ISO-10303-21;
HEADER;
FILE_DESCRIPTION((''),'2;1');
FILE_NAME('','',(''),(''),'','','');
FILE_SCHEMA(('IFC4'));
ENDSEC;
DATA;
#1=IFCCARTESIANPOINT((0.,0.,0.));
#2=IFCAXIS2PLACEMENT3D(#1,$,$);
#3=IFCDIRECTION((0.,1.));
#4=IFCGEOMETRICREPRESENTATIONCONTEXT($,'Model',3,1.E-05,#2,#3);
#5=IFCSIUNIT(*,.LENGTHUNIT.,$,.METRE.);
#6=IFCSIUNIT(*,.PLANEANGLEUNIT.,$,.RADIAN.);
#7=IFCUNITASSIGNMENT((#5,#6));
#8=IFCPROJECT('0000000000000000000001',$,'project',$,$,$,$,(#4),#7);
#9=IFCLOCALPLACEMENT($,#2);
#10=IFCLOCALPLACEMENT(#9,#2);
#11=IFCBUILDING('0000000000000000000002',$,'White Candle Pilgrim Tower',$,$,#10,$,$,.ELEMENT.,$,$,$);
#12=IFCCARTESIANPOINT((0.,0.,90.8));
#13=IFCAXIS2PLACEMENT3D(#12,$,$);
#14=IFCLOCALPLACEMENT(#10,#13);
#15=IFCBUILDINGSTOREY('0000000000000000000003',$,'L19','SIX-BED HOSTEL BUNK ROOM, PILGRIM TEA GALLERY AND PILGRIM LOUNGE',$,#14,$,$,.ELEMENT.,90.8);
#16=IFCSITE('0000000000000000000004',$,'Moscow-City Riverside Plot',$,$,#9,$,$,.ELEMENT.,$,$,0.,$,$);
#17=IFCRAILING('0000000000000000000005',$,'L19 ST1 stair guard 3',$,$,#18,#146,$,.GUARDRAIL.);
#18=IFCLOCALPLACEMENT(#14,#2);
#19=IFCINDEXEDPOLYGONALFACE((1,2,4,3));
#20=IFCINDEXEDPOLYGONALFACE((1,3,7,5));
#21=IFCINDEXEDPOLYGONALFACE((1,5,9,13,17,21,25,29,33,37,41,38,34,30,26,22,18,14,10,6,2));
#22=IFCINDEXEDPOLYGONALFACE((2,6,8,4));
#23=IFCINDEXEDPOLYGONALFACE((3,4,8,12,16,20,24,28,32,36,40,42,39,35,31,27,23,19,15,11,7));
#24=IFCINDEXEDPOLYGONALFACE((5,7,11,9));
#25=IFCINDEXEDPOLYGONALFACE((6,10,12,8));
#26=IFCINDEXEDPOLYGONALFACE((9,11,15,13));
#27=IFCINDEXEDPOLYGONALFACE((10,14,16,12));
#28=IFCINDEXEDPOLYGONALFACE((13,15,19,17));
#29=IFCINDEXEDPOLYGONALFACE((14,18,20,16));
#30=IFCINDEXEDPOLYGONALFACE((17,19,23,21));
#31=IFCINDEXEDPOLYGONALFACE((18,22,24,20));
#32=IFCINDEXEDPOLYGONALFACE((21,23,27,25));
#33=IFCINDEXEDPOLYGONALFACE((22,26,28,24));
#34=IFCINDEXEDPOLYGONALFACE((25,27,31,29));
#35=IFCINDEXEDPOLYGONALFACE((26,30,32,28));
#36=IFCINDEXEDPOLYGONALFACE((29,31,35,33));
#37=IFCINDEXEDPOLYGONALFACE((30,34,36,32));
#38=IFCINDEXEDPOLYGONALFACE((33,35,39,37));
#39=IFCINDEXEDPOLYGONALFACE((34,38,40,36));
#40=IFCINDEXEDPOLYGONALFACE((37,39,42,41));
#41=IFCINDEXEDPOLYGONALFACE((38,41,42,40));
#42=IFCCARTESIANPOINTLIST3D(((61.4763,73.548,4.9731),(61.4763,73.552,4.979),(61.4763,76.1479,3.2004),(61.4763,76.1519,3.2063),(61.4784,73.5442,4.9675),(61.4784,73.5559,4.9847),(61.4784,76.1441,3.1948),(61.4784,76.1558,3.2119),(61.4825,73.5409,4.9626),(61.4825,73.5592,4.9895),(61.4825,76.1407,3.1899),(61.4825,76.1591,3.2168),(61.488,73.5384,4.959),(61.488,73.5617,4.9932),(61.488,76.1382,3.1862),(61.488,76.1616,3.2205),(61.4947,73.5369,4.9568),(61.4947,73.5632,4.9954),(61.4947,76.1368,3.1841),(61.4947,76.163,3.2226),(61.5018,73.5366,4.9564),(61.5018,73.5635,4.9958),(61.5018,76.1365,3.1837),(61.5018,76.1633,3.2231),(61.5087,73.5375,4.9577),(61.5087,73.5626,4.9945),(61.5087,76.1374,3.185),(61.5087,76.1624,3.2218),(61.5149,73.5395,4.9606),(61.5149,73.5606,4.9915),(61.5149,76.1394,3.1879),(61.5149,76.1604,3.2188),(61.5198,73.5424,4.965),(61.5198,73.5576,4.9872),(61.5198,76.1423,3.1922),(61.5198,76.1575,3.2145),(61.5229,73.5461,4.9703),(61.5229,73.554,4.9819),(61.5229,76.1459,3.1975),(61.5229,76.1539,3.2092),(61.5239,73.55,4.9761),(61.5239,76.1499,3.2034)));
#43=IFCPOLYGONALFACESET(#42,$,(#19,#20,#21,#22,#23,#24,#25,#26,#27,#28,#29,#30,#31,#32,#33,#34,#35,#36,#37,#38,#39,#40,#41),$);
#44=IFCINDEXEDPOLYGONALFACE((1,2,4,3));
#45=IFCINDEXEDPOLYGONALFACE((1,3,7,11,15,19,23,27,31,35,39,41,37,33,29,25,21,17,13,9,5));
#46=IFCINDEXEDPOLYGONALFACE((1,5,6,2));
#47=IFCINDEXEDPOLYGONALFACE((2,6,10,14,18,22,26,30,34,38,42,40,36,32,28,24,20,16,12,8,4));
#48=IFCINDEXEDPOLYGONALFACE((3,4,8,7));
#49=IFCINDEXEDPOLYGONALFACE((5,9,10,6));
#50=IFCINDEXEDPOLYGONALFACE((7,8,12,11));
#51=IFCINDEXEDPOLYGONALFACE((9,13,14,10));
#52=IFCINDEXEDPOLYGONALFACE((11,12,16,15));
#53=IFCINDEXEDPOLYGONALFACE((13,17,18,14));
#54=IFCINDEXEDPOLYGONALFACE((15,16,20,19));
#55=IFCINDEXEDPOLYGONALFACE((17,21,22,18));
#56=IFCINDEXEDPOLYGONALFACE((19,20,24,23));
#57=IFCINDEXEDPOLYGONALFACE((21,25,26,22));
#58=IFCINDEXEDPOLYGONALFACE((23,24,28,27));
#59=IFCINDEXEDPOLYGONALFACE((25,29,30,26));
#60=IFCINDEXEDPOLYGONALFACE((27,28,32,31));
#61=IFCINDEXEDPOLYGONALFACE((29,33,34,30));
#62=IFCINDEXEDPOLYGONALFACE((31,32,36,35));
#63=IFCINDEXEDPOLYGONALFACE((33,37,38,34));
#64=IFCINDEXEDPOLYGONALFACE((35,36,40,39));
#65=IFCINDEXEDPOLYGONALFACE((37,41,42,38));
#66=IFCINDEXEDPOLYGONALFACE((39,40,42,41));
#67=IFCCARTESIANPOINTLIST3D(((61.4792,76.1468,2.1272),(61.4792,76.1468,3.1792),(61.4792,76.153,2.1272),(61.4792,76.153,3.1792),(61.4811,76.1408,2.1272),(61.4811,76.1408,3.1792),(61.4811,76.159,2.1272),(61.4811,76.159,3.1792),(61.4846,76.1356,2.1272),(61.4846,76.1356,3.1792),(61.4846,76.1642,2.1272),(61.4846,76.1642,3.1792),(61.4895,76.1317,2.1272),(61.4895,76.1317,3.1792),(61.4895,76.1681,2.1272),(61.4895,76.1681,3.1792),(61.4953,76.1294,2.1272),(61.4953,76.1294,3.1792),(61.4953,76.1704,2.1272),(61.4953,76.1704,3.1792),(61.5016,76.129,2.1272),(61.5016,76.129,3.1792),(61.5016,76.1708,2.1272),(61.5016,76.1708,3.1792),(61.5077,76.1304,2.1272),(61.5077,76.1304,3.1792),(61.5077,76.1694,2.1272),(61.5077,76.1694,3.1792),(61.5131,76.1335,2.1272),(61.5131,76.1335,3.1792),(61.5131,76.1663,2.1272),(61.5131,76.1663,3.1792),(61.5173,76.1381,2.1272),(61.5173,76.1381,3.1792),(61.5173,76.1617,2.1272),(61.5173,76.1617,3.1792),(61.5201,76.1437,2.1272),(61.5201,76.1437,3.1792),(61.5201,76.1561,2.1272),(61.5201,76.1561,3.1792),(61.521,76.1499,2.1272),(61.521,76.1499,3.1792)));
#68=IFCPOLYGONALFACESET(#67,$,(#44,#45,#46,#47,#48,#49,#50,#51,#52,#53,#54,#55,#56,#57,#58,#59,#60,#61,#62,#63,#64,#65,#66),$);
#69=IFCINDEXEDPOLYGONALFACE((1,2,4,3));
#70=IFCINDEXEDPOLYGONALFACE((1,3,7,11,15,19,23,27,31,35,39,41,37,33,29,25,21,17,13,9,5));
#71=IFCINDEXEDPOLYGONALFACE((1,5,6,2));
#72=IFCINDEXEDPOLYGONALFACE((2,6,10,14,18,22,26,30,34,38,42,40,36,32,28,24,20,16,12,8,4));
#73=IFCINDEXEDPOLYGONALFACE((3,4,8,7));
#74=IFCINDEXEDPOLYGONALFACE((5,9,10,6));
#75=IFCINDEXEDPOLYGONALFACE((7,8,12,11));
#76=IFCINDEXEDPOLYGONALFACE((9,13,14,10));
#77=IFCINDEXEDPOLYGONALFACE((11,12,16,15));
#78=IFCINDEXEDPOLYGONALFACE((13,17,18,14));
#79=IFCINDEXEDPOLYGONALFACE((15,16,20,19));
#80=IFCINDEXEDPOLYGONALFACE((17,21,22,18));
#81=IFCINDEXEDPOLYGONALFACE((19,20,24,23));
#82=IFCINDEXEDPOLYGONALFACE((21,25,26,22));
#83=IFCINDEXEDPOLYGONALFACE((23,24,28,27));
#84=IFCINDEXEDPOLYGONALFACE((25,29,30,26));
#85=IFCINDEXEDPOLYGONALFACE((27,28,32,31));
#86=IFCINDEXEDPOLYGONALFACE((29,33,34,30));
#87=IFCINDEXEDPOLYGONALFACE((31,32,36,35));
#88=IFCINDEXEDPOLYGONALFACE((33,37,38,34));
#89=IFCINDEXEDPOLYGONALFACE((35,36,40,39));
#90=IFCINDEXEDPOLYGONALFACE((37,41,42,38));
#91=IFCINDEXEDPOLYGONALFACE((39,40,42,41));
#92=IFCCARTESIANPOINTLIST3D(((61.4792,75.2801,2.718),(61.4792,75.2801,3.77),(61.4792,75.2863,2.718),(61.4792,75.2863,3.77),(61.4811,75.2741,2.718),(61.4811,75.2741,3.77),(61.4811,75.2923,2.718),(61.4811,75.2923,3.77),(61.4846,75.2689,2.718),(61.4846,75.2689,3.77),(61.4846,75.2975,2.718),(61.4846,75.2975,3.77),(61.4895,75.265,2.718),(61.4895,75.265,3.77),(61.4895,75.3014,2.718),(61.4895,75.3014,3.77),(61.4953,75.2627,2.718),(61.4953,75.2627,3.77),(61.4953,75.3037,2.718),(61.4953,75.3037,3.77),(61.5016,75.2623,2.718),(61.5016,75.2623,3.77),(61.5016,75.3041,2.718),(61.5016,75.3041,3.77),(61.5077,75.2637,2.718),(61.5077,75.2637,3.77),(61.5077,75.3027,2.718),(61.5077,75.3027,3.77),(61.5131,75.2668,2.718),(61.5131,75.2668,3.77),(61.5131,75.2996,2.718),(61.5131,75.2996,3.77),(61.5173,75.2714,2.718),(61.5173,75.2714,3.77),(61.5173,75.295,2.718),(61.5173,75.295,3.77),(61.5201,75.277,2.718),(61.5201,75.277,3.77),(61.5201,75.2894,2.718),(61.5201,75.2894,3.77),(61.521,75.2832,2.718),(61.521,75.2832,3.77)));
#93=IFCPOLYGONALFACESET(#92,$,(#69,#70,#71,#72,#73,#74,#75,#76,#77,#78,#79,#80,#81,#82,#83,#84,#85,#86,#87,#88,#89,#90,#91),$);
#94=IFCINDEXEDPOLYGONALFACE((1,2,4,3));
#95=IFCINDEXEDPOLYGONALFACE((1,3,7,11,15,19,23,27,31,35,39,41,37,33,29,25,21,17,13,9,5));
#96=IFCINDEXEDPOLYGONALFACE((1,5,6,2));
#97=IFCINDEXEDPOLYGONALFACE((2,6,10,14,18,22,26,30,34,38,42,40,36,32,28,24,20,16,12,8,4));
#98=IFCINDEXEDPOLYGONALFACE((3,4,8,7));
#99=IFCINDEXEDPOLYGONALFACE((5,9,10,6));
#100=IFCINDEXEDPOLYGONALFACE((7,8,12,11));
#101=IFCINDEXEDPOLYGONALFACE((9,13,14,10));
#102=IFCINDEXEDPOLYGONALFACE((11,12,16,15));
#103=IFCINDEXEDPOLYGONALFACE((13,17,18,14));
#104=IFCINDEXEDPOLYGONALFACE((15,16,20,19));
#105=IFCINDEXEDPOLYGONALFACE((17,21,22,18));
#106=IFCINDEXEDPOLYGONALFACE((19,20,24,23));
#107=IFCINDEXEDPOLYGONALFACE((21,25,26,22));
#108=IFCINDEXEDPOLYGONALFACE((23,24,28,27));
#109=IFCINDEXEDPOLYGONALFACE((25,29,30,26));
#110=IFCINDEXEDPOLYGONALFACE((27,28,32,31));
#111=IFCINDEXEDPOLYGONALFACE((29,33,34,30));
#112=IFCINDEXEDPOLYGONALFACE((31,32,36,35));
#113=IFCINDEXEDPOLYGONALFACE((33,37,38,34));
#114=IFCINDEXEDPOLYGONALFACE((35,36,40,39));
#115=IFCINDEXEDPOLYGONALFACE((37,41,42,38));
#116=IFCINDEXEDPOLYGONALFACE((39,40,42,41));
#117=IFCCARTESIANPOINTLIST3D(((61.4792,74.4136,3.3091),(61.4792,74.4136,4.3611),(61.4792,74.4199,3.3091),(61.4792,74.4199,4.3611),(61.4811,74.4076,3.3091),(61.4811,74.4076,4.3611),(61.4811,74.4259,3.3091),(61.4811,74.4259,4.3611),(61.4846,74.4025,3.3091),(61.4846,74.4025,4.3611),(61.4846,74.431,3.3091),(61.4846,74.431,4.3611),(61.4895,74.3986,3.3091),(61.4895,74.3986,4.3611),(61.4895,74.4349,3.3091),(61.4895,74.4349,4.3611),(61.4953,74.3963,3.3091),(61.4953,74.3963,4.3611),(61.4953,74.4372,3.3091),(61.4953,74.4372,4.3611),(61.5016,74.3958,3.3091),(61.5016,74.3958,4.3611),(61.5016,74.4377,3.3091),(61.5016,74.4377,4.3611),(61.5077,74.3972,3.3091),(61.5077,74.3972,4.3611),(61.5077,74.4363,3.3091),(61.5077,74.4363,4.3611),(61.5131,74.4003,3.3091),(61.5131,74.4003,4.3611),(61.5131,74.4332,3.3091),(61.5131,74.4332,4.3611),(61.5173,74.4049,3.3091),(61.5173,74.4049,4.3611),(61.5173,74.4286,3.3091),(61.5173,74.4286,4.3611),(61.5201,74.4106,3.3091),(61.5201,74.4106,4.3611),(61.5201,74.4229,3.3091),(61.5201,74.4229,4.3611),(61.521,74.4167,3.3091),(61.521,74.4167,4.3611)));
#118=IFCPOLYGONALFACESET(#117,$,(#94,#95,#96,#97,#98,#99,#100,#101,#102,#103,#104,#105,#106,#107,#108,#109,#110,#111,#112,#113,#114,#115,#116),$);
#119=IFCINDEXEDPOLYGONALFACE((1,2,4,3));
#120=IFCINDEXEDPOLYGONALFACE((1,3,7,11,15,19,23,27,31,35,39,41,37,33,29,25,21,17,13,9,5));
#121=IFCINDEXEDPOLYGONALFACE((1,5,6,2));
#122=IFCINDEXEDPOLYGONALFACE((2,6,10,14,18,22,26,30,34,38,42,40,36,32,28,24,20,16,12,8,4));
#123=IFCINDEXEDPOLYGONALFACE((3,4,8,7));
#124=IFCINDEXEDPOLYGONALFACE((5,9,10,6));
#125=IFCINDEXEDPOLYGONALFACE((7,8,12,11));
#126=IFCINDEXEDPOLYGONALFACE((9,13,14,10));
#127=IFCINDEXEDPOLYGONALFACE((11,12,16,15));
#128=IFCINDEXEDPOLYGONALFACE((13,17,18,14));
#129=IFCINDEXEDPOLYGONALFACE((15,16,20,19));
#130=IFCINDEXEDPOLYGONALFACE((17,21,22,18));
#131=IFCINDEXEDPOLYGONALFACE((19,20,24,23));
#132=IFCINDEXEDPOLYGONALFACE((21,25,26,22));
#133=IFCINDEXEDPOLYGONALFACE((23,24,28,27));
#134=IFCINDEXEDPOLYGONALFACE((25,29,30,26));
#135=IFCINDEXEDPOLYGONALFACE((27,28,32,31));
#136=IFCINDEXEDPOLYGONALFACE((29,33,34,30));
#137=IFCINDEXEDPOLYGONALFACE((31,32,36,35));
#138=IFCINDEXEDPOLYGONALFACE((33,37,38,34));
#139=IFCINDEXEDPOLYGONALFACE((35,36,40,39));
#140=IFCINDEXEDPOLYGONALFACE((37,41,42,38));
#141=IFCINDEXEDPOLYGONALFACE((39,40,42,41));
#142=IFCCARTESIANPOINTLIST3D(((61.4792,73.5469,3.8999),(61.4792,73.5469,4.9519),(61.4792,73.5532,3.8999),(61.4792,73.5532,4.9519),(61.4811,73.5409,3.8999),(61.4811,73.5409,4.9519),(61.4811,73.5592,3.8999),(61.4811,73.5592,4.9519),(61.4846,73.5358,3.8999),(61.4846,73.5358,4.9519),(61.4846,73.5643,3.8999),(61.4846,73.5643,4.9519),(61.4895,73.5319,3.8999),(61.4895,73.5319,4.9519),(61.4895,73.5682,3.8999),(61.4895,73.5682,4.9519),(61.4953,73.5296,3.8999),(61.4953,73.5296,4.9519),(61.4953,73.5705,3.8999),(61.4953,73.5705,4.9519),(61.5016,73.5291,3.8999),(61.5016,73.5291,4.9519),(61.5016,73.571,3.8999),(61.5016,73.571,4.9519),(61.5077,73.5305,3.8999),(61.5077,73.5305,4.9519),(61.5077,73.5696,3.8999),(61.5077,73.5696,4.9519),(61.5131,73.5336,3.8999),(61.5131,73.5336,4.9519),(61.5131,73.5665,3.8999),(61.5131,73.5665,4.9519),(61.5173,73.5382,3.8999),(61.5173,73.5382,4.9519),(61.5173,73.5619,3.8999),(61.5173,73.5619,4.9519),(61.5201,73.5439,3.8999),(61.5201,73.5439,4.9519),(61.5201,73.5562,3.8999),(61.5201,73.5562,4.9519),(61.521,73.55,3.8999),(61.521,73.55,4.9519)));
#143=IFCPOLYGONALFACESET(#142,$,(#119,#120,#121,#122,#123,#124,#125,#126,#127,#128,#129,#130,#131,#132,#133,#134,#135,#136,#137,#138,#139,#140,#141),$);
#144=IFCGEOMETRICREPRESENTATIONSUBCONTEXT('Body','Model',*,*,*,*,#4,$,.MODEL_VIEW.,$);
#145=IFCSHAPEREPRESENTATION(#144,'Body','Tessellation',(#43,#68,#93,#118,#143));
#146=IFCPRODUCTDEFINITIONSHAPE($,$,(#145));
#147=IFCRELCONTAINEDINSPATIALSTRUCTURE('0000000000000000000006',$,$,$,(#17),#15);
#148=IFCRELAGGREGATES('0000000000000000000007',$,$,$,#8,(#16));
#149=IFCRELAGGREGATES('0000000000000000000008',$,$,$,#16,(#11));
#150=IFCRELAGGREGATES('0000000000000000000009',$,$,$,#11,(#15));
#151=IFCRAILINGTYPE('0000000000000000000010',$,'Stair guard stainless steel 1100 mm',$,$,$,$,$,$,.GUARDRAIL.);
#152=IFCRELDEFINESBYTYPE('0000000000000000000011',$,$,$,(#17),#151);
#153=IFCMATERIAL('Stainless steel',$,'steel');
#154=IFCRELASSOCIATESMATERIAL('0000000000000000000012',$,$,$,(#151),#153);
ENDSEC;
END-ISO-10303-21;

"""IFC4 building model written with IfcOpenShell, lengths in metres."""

from ifc_helpers import new_model, si_unit, direction, frame, origin, origin_2d, place, context, subcontext, project, spatial, circle, extrude, material, type_object, element, save


model = new_model("IFC4")

# Units and contexts
model_context = context("Model", 3, precision=1e-05, world=origin(), true_north=direction((0.0, 1.0)))
body_context = subcontext(model_context, "Body", "Model", "MODEL_VIEW")
ifc_project = project(units=[si_unit("LENGTHUNIT", "METRE"), si_unit("PLANEANGLEUNIT", "RADIAN")], contexts=[model_context])

# Site, building, storey
site_placement = place(None, origin())
site = spatial("IfcSite", under=ifc_project, at=site_placement, Name="Moscow-City Riverside Plot", CompositionType="ELEMENT", RefElevation=0.0)
building_placement = place(site_placement, origin())
building = spatial("IfcBuilding", under=site, at=building_placement, Name="White Candle Pilgrim Tower", CompositionType="ELEMENT")
storey_placement = place(building_placement, frame((0.0, 0.0, 90.8)))
storey = spatial("IfcBuildingStorey", under=building, at=storey_placement, Name="L19", Description="SIX-BED HOSTEL BUNK ROOM, PILGRIM TEA GALLERY AND PILGRIM LOUNGE", CompositionType="ELEMENT", Elevation=90.8)

# Railing
ifc_material_1 = material(Name="Stainless steel", Category="steel")
railing_type_1 = type_object("IfcRailingType", Name="Stair guard stainless steel 1100 mm", PredefinedType="GUARDRAIL", material=ifc_material_1)
railing_1_placement = place(storey_placement, frame((61.5, 76.1499, 2.1272)))
element("IfcRailing", 1, at=railing_1_placement, inside=storey, type_object=railing_type_1, Name="L19 ST1 stair guard 3", PredefinedType="GUARDRAIL", context=body_context, shape_type="SweptSolid", body=[
    extrude(circle(Radius=0.0239, at=origin_2d()), frame((0.0, 0.0, 1.0762), z_axis=(0.0, -0.826216, 0.563354), x_axis=(1.0, 0.0, 0.0)), (0.0, 0.0, 1.0), 3.1467),
    extrude(circle(Radius=0.021, at=origin_2d()), origin(), (0.0, 0.0, 1.0), 1.052),
    extrude(circle(Radius=0.021, at=origin_2d()), frame((0.0, -0.8667, 0.5908)), (0.0, 0.0, 1.0), 1.052),
    extrude(circle(Radius=0.021, at=origin_2d()), frame((0.0, -1.7332, 1.1819)), (0.0, 0.0, 1.0), 1.052),
    extrude(circle(Radius=0.021, at=origin_2d()), frame((0.0, -2.5999, 1.7727)), (0.0, 0.0, 1.0), 1.052),
])

save(model, "model.ifc")
